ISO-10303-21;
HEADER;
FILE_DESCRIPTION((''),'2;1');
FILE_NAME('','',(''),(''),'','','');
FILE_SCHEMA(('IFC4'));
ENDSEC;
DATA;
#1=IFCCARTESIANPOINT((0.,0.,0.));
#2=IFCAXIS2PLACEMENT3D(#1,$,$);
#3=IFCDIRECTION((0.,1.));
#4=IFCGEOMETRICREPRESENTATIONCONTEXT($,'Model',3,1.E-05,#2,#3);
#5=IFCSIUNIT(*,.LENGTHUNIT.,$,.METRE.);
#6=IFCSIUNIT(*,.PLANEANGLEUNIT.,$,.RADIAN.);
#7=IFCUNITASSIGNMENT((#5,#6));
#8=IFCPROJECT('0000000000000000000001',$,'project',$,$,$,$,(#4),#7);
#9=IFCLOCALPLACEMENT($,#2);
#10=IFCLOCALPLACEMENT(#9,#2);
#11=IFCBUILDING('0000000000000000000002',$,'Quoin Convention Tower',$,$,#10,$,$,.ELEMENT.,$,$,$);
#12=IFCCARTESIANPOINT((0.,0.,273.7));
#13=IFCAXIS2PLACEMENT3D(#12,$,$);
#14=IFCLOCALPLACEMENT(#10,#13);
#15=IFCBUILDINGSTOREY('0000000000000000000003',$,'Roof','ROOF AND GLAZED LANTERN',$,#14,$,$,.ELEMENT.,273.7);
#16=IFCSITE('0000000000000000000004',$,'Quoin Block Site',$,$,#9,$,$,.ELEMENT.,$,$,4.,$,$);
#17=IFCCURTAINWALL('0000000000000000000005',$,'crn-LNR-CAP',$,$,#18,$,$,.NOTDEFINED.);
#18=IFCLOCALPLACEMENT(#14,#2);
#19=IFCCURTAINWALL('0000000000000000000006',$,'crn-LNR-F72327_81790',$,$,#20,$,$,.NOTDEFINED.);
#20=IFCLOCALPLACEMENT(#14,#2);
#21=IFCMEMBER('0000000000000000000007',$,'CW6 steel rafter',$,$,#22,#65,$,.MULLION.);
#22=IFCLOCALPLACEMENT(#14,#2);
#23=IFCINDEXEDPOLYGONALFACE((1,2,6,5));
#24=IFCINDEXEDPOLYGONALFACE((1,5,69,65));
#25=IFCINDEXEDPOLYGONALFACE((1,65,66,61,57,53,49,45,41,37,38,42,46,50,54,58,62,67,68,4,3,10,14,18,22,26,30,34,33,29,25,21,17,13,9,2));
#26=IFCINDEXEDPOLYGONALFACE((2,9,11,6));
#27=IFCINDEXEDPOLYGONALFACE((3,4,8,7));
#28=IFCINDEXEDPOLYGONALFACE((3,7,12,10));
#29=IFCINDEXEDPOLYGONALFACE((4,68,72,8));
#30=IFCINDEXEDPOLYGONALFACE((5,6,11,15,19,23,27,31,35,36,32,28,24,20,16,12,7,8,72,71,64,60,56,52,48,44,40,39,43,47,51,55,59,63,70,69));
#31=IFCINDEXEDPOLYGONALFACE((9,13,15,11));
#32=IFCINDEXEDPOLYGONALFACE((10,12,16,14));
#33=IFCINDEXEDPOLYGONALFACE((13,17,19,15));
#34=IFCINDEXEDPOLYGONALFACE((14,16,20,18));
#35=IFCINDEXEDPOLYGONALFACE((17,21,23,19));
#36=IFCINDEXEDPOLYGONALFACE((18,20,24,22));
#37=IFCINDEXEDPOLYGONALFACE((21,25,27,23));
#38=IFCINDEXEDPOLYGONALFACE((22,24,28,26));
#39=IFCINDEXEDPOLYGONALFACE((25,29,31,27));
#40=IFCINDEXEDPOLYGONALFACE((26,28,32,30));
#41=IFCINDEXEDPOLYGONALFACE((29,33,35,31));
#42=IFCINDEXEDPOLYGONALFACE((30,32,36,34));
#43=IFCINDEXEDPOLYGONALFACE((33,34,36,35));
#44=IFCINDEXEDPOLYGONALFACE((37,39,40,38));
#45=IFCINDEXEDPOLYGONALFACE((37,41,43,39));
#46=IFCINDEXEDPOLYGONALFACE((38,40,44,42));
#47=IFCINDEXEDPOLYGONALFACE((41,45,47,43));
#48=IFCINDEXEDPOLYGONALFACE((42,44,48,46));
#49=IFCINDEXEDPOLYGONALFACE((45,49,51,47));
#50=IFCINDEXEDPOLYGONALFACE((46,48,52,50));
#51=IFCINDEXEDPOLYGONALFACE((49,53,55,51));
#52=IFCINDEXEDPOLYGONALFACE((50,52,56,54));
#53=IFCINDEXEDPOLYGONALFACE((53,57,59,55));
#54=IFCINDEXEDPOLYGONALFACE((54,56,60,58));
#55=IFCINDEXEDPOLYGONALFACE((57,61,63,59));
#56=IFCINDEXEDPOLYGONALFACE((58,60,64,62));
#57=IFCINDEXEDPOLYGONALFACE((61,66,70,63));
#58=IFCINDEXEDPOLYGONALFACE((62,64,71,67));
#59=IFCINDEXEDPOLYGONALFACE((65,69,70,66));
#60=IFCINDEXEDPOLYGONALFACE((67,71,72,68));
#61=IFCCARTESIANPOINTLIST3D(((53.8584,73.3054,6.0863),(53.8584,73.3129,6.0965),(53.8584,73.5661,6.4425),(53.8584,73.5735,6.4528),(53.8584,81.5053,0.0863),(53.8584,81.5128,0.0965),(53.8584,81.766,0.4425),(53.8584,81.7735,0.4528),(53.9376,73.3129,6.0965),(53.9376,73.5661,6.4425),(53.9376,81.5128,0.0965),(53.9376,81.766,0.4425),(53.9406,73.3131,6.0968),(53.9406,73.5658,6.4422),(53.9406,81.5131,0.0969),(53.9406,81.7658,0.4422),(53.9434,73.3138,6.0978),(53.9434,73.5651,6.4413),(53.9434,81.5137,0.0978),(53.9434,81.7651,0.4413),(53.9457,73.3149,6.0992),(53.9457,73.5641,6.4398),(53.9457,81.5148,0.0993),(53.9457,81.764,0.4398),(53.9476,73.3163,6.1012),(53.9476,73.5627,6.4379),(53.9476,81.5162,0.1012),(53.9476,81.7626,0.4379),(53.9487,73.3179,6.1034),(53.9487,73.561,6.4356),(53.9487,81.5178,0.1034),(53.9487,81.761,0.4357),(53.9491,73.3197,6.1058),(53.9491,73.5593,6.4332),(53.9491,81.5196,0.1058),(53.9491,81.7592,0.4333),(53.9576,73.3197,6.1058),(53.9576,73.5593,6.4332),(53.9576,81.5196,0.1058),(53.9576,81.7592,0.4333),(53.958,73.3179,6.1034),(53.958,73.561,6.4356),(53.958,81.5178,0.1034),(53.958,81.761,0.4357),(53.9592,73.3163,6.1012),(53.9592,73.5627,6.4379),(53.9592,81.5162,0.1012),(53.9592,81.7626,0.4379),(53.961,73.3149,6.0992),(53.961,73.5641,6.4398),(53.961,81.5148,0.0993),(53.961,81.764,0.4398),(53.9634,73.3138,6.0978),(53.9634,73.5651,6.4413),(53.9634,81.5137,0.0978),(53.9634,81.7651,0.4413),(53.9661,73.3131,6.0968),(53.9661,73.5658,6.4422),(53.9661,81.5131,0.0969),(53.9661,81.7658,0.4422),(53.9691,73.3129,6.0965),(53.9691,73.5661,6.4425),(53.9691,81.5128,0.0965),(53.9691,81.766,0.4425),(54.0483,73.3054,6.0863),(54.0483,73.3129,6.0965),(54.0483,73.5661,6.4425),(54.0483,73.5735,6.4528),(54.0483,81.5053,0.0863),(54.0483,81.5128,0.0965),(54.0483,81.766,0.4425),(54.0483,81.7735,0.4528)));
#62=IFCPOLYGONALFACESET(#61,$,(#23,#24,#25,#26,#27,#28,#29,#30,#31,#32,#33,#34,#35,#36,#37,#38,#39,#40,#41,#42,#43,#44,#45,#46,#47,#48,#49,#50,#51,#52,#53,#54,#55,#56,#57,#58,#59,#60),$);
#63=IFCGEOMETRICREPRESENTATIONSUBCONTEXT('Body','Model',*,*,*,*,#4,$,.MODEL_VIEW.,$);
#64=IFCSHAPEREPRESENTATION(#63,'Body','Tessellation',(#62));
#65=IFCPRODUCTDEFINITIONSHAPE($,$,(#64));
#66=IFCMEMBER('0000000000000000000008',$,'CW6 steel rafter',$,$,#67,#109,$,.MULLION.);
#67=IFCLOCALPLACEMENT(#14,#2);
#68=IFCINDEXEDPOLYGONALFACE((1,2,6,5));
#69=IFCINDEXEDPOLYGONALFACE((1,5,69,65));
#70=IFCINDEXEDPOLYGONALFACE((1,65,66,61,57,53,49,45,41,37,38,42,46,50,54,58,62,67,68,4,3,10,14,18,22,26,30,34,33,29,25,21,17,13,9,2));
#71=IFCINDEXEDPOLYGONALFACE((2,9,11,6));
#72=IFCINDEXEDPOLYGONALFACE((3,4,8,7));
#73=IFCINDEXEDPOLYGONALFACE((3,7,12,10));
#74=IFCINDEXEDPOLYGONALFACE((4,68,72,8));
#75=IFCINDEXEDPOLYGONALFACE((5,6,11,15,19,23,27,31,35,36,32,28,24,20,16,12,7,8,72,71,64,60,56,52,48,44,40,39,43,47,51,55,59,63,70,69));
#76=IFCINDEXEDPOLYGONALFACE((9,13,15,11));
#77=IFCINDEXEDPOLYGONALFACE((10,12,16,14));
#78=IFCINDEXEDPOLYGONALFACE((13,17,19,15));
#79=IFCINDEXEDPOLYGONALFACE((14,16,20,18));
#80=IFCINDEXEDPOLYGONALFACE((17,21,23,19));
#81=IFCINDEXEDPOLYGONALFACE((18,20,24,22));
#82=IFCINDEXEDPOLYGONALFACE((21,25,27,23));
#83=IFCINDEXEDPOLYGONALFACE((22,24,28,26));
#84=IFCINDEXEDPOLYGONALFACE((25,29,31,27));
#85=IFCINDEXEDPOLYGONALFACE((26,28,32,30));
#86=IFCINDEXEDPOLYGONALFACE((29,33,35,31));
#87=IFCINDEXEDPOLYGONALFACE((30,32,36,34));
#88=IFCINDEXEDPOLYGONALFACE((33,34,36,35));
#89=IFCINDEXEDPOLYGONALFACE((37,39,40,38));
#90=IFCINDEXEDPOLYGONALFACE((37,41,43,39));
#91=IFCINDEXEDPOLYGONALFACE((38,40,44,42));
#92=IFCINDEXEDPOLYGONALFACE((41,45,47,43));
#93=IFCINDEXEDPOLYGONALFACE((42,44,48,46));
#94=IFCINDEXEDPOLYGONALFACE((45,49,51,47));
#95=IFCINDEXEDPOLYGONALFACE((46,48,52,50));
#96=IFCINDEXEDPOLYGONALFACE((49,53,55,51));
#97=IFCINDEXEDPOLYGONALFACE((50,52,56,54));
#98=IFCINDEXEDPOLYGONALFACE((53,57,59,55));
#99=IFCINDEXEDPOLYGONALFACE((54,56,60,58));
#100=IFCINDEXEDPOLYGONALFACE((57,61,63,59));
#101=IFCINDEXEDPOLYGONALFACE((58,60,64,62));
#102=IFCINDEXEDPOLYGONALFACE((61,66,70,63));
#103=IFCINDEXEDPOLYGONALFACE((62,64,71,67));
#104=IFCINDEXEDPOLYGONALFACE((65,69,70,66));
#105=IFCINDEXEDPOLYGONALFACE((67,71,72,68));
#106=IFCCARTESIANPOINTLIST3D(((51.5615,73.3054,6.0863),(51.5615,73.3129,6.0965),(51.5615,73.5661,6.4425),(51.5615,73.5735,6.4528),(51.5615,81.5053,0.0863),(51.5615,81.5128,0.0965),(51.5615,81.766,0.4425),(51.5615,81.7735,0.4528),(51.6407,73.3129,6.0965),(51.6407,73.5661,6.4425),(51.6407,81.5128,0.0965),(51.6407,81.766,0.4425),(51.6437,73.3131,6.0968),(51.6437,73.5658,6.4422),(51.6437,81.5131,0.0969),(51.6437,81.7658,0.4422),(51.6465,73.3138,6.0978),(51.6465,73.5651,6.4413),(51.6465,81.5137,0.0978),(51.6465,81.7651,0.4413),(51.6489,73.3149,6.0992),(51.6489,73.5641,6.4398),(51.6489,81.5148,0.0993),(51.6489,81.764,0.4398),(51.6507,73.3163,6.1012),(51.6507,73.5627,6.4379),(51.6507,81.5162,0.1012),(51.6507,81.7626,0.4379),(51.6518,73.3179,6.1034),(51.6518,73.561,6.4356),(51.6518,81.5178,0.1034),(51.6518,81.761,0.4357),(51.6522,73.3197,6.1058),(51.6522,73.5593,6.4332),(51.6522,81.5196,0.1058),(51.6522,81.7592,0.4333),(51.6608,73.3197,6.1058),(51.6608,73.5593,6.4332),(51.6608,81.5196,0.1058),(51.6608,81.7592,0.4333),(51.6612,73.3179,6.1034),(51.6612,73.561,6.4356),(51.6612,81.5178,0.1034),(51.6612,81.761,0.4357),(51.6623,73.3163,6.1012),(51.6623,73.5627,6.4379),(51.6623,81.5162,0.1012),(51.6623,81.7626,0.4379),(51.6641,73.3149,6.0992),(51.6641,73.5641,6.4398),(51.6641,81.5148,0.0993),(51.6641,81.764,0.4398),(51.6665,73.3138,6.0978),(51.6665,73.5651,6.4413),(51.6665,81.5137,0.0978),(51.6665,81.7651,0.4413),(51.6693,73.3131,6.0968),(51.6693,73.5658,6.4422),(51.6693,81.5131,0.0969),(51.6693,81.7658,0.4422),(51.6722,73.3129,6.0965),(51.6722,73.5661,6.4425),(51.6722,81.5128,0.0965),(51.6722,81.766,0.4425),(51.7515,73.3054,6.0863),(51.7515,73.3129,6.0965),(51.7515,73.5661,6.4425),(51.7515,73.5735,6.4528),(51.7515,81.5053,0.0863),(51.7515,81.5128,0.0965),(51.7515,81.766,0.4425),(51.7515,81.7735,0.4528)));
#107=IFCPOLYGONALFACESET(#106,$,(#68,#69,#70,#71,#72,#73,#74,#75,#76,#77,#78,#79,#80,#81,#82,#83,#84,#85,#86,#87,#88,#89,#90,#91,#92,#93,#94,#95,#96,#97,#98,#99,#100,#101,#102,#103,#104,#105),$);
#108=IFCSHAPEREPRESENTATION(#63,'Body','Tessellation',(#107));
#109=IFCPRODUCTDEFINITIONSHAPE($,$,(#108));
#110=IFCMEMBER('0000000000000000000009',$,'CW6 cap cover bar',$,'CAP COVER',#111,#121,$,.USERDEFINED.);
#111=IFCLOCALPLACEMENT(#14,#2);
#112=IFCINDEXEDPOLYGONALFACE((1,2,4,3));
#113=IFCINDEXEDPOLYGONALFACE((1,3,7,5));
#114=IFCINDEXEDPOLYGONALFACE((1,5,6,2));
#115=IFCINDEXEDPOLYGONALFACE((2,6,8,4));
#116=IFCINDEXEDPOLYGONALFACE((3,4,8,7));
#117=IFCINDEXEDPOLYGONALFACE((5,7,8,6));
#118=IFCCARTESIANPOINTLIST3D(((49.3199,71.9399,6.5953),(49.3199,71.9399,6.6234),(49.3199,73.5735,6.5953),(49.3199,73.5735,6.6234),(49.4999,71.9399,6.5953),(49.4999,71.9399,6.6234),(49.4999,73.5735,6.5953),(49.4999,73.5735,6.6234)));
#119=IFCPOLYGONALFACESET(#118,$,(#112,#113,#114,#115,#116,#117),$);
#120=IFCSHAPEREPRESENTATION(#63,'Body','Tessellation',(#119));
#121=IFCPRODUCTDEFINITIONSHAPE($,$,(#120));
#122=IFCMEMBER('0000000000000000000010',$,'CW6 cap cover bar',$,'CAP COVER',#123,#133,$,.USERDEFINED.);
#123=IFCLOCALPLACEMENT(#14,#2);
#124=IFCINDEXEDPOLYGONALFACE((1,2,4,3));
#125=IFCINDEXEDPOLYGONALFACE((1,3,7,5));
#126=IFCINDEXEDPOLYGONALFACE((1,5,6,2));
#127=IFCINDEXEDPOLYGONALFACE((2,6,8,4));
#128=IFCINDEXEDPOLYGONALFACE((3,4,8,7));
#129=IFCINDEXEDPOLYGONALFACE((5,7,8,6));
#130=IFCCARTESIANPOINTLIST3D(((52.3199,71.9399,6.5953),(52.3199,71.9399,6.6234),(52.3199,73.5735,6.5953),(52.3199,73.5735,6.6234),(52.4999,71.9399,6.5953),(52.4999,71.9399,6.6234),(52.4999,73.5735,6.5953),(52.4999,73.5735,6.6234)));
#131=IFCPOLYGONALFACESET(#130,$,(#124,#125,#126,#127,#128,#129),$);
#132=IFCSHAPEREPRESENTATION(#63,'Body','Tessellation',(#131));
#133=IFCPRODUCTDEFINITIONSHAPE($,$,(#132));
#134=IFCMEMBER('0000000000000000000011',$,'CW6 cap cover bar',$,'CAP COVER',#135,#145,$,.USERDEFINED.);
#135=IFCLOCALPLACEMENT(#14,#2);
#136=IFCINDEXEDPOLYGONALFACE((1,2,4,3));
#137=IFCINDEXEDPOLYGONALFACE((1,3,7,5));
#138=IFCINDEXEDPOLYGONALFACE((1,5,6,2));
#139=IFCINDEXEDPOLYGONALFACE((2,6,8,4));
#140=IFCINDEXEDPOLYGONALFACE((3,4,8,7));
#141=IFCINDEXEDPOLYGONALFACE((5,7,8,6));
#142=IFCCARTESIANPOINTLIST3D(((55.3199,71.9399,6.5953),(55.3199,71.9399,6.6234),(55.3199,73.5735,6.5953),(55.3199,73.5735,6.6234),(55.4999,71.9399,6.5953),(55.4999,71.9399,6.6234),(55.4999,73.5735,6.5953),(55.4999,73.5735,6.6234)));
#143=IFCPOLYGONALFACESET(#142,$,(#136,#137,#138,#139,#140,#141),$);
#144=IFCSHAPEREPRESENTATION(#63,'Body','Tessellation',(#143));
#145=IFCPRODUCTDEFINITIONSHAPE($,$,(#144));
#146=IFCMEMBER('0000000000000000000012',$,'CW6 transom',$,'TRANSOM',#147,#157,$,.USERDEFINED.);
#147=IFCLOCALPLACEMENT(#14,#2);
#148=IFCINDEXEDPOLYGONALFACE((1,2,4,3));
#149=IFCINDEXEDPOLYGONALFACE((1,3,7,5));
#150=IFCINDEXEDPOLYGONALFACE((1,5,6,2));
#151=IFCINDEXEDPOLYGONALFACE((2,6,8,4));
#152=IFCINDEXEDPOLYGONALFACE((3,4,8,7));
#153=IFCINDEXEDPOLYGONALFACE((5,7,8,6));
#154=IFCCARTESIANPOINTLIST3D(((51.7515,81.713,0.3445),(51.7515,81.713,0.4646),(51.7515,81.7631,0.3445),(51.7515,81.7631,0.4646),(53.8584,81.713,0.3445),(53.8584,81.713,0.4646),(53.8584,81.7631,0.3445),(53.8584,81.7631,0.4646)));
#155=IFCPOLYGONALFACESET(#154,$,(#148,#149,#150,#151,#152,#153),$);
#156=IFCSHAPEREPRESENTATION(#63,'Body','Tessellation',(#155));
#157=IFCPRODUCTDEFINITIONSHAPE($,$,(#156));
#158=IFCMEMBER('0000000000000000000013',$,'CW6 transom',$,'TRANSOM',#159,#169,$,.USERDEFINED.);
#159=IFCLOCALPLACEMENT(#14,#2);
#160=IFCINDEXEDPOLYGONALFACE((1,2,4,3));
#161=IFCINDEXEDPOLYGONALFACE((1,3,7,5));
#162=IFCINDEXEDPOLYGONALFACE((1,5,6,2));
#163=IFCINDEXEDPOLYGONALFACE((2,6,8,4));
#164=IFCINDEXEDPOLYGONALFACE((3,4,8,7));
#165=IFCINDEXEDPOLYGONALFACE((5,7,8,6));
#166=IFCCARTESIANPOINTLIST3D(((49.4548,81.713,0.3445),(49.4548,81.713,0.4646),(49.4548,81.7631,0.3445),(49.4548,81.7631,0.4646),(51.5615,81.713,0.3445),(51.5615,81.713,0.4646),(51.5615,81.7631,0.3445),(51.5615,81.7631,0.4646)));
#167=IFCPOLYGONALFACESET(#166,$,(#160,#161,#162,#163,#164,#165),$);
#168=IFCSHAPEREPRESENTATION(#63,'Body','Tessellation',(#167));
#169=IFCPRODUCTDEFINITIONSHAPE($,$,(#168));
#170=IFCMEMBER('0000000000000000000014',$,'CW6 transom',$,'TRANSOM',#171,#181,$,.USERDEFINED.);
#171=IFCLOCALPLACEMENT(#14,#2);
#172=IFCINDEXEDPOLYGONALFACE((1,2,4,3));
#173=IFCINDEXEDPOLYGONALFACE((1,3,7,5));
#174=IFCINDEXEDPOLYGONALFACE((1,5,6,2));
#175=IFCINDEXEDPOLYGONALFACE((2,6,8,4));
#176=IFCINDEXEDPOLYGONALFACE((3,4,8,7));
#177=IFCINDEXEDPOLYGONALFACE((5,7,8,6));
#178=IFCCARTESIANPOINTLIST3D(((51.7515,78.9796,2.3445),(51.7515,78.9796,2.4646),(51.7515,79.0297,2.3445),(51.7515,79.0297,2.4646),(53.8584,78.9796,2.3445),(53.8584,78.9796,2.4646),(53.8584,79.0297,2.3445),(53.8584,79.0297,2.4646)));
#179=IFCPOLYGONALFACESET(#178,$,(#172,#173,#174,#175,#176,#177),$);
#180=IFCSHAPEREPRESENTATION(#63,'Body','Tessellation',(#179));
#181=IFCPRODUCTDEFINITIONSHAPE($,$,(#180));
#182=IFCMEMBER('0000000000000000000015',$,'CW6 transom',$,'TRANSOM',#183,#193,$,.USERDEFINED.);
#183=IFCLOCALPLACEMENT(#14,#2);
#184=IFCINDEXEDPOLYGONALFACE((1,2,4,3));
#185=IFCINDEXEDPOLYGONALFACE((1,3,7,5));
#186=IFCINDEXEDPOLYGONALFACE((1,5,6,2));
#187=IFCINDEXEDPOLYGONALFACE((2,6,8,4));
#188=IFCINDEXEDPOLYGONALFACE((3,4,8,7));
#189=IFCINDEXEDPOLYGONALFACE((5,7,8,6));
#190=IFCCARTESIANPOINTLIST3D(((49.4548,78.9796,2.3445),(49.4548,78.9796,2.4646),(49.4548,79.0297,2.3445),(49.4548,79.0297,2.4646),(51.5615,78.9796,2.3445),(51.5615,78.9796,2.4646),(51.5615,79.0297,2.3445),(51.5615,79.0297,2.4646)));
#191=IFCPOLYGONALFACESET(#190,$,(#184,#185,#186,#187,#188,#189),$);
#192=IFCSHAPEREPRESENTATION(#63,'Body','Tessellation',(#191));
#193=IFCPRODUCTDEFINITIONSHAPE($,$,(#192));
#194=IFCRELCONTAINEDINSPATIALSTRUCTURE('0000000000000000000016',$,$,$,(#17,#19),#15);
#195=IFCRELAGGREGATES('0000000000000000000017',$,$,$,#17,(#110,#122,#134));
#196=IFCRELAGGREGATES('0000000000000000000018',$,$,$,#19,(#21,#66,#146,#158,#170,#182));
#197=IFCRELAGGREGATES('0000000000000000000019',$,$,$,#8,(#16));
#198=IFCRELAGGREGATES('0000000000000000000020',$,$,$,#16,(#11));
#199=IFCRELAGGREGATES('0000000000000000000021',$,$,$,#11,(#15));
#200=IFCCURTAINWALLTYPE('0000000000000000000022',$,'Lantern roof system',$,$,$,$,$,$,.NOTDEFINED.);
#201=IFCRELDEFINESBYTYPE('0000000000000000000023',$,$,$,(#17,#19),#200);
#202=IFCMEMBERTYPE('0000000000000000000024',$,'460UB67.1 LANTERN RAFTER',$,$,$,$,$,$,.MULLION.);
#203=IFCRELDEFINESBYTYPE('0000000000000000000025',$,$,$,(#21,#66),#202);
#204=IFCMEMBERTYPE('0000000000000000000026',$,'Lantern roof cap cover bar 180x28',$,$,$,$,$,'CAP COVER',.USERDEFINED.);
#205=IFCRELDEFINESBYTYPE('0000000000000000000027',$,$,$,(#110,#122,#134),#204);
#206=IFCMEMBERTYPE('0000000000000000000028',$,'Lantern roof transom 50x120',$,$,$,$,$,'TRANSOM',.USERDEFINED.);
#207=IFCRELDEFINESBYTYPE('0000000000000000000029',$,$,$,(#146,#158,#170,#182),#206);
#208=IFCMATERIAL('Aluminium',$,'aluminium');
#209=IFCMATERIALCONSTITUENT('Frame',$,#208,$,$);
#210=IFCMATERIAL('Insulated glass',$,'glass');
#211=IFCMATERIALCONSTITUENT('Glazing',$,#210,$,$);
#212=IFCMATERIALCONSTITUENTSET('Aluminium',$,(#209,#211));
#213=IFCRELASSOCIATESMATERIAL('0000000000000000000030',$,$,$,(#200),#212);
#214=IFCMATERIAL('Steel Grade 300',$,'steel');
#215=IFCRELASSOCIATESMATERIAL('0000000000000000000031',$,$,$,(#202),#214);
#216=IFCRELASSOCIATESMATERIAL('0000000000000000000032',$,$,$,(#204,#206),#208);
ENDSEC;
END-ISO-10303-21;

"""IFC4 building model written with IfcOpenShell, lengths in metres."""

from ifc_helpers import new_model, si_unit, direction, frame, origin, origin_2d, place, context, subcontext, project, spatial, rectangle, i_section, extrude, material, constituent, constituent_set, material_profile, profile_set, type_object, element, aggregate, save


model = new_model("IFC4")

# Units and contexts
model_context = context("Model", 3, precision=1e-05, world=origin(), true_north=direction((0.0, 1.0)))
body_context = subcontext(model_context, "Body", "Model", "MODEL_VIEW")
ifc_project = project(units=[si_unit("LENGTHUNIT", "METRE"), si_unit("PLANEANGLEUNIT", "RADIAN")], contexts=[model_context])

# Site, building, storey
site_placement = place(None, origin())
site = spatial("IfcSite", under=ifc_project, at=site_placement, Name="Quoin Block Site", CompositionType="ELEMENT", RefElevation=4.0)
building_placement = place(site_placement, origin())
building = spatial("IfcBuilding", under=site, at=building_placement, Name="Quoin Convention Tower", CompositionType="ELEMENT")
storey_placement = place(building_placement, frame((0.0, 0.0, 273.7)))
storey = spatial("IfcBuildingStorey", under=building, at=storey_placement, Name="Roof", Description="ROOF AND GLAZED LANTERN", CompositionType="ELEMENT", Elevation=273.7)

# Curtain wall
ifc_material_1 = material(Name="Aluminium", Category="aluminium")
ifc_constituent_1 = constituent(ifc_material_1, Name="Frame")
ifc_material_2 = material(Name="Insulated glass", Category="glass")
ifc_constituent_2 = constituent(ifc_material_2, Name="Glazing")
ifc_constituent_set = constituent_set(constituents=[ifc_constituent_1, ifc_constituent_2], Name="Aluminium")
curtain_wall_type = type_object("IfcCurtainWallType", Name="Lantern roof system", PredefinedType="NOTDEFINED", material=ifc_constituent_set)
curtain_wall_1_placement = place(storey_placement, origin())
curtain_wall_1 = element("IfcCurtainWall", 1, at=curtain_wall_1_placement, inside=storey, type_object=curtain_wall_type, Name="crn-LNR-CAP", PredefinedType="NOTDEFINED")

# Shared definitions
ifc_material_3 = material(Name="Steel Grade 300", Category="steel")

# Curtain wall, members
curtain_wall_2_placement = place(storey_placement, origin())
curtain_wall_2 = element("IfcCurtainWall", 2, at=curtain_wall_2_placement, inside=storey, type_object=curtain_wall_type, Name="crn-LNR-F72327_81790", PredefinedType="NOTDEFINED")
ifc_material_profile_1 = material_profile(ifc_material_3, i_section(OverallWidth=0.1899, OverallDepth=0.4541, WebThickness=0.0085, FlangeThickness=0.0127, FilletRadius=0.0115, at=origin_2d()), Name="460UB67.1")
ifc_profile_set_1 = profile_set([ifc_material_profile_1], Name="Steel Grade 300")
member_type_1 = type_object("IfcMemberType", Name="460UB67.1 LANTERN RAFTER", PredefinedType="MULLION", material=ifc_profile_set_1)
member_1_placement = place(storey_placement, frame((53.9534, 81.6394, 0.2695), z_axis=(0.0, -0.807029, 0.590512), x_axis=(1.0, 0.0, 0.0)))
member_1 = element("IfcMember", 3, at=member_1_placement, type_object=member_type_1, Name="CW6 steel rafter", PredefinedType="MULLION", context=body_context, shape_type="SweptSolid", body=[
    extrude(i_section(OverallWidth=0.1899, OverallDepth=0.4541, WebThickness=0.0085, FlangeThickness=0.0127, FilletRadius=0.0115, at=origin_2d()), origin(), (0.0, 0.0, 1.0), 10.1606),
])
member_2_placement = place(storey_placement, frame((51.6565, 81.6394, 0.2695), z_axis=(0.0, -0.807029, 0.590512), x_axis=(1.0, 0.0, 0.0)))
member_2 = element("IfcMember", 4, at=member_2_placement, type_object=member_type_1, Name="CW6 steel rafter", PredefinedType="MULLION", context=body_context, shape_type="SweptSolid", body=[
    extrude(i_section(OverallWidth=0.1899, OverallDepth=0.4541, WebThickness=0.0085, FlangeThickness=0.0127, FilletRadius=0.0115, at=origin_2d()), origin(), (0.0, 0.0, 1.0), 10.1606),
])

# Members
ifc_material_profile_2 = material_profile(ifc_material_1, rectangle(XDim=0.0281, YDim=0.1799, at=origin_2d()), Name="Lantern roof cap cover bar 180x28")
ifc_profile_set_2 = profile_set([ifc_material_profile_2], Name="Aluminium")
member_type_2 = type_object("IfcMemberType", Name="Lantern roof cap cover bar 180x28", ElementType="CAP COVER", PredefinedType="USERDEFINED", material=ifc_profile_set_2)
member_3_placement = place(storey_placement, frame((49.4099, 71.9399, 6.6094), z_axis=(0.0, 1.0, 0.0), x_axis=(0.0, 0.0, 1.0)))
member_3 = element("IfcMember", 5, at=member_3_placement, type_object=member_type_2, Name="CW6 cap cover bar", ObjectType="CAP COVER", PredefinedType="USERDEFINED", context=body_context, shape_type="SweptSolid", body=[
    extrude(rectangle(XDim=0.0281, YDim=0.1799, at=origin_2d()), origin(), (0.0, 0.0, 1.0), 1.6335),
])
member_4_placement = place(storey_placement, frame((52.4099, 71.9399, 6.6094), z_axis=(0.0, 1.0, 0.0), x_axis=(0.0, 0.0, 1.0)))
member_4 = element("IfcMember", 6, at=member_4_placement, type_object=member_type_2, Name="CW6 cap cover bar", ObjectType="CAP COVER", PredefinedType="USERDEFINED", context=body_context, shape_type="SweptSolid", body=[
    extrude(rectangle(XDim=0.0281, YDim=0.1799, at=origin_2d()), origin(), (0.0, 0.0, 1.0), 1.6335),
])
member_5_placement = place(storey_placement, frame((55.4099, 71.9399, 6.6094), z_axis=(0.0, 1.0, 0.0), x_axis=(0.0, 0.0, 1.0)))
member_5 = element("IfcMember", 7, at=member_5_placement, type_object=member_type_2, Name="CW6 cap cover bar", ObjectType="CAP COVER", PredefinedType="USERDEFINED", context=body_context, shape_type="SweptSolid", body=[
    extrude(rectangle(XDim=0.0281, YDim=0.1799, at=origin_2d()), origin(), (0.0, 0.0, 1.0), 1.6335),
])
aggregate(curtain_wall_1, [member_3, member_4, member_5])
ifc_material_profile_3 = material_profile(ifc_material_1, rectangle(XDim=0.1201, YDim=0.05, at=origin_2d()), Name="Lantern roof transom 50x120")
ifc_profile_set_3 = profile_set([ifc_material_profile_3], Name="Aluminium")
member_type_3 = type_object("IfcMemberType", Name="Lantern roof transom 50x120", ElementType="TRANSOM", PredefinedType="USERDEFINED", material=ifc_profile_set_3)
member_6_placement = place(storey_placement, frame((53.8584, 81.738, 0.4045), z_axis=(-1.0, 0.0, 0.0), x_axis=(0.0, 0.0, 1.0)))
member_6 = element("IfcMember", 8, at=member_6_placement, type_object=member_type_3, Name="CW6 transom", ObjectType="TRANSOM", PredefinedType="USERDEFINED", context=body_context, shape_type="SweptSolid", body=[
    extrude(rectangle(XDim=0.1201, YDim=0.05, at=origin_2d()), origin(), (0.0, 0.0, 1.0), 2.1069),
])
member_7_placement = place(storey_placement, frame((51.5615, 81.738, 0.4045), z_axis=(-1.0, 0.0, 0.0), x_axis=(0.0, 0.0, 1.0)))
member_7 = element("IfcMember", 9, at=member_7_placement, type_object=member_type_3, Name="CW6 transom", ObjectType="TRANSOM", PredefinedType="USERDEFINED", context=body_context, shape_type="SweptSolid", body=[
    extrude(rectangle(XDim=0.1201, YDim=0.05, at=origin_2d()), origin(), (0.0, 0.0, 1.0), 2.1067),
])
member_8_placement = place(storey_placement, frame((53.8584, 79.0046, 2.4045), z_axis=(-1.0, 0.0, 0.0), x_axis=(0.0, 0.0, 1.0)))
member_8 = element("IfcMember", 10, at=member_8_placement, type_object=member_type_3, Name="CW6 transom", ObjectType="TRANSOM", PredefinedType="USERDEFINED", context=body_context, shape_type="SweptSolid", body=[
    extrude(rectangle(XDim=0.1201, YDim=0.05, at=origin_2d()), origin(), (0.0, 0.0, 1.0), 2.1069),
])
member_9_placement = place(storey_placement, frame((51.5615, 79.0046, 2.4045), z_axis=(-1.0, 0.0, 0.0), x_axis=(0.0, 0.0, 1.0)))
member_9 = element("IfcMember", 11, at=member_9_placement, type_object=member_type_3, Name="CW6 transom", ObjectType="TRANSOM", PredefinedType="USERDEFINED", context=body_context, shape_type="SweptSolid", body=[
    extrude(rectangle(XDim=0.1201, YDim=0.05, at=origin_2d()), origin(), (0.0, 0.0, 1.0), 2.1067),
])

aggregate(curtain_wall_2, [member_1, member_2, member_6, member_7, member_8, member_9])

save(model, "model.ifc")
